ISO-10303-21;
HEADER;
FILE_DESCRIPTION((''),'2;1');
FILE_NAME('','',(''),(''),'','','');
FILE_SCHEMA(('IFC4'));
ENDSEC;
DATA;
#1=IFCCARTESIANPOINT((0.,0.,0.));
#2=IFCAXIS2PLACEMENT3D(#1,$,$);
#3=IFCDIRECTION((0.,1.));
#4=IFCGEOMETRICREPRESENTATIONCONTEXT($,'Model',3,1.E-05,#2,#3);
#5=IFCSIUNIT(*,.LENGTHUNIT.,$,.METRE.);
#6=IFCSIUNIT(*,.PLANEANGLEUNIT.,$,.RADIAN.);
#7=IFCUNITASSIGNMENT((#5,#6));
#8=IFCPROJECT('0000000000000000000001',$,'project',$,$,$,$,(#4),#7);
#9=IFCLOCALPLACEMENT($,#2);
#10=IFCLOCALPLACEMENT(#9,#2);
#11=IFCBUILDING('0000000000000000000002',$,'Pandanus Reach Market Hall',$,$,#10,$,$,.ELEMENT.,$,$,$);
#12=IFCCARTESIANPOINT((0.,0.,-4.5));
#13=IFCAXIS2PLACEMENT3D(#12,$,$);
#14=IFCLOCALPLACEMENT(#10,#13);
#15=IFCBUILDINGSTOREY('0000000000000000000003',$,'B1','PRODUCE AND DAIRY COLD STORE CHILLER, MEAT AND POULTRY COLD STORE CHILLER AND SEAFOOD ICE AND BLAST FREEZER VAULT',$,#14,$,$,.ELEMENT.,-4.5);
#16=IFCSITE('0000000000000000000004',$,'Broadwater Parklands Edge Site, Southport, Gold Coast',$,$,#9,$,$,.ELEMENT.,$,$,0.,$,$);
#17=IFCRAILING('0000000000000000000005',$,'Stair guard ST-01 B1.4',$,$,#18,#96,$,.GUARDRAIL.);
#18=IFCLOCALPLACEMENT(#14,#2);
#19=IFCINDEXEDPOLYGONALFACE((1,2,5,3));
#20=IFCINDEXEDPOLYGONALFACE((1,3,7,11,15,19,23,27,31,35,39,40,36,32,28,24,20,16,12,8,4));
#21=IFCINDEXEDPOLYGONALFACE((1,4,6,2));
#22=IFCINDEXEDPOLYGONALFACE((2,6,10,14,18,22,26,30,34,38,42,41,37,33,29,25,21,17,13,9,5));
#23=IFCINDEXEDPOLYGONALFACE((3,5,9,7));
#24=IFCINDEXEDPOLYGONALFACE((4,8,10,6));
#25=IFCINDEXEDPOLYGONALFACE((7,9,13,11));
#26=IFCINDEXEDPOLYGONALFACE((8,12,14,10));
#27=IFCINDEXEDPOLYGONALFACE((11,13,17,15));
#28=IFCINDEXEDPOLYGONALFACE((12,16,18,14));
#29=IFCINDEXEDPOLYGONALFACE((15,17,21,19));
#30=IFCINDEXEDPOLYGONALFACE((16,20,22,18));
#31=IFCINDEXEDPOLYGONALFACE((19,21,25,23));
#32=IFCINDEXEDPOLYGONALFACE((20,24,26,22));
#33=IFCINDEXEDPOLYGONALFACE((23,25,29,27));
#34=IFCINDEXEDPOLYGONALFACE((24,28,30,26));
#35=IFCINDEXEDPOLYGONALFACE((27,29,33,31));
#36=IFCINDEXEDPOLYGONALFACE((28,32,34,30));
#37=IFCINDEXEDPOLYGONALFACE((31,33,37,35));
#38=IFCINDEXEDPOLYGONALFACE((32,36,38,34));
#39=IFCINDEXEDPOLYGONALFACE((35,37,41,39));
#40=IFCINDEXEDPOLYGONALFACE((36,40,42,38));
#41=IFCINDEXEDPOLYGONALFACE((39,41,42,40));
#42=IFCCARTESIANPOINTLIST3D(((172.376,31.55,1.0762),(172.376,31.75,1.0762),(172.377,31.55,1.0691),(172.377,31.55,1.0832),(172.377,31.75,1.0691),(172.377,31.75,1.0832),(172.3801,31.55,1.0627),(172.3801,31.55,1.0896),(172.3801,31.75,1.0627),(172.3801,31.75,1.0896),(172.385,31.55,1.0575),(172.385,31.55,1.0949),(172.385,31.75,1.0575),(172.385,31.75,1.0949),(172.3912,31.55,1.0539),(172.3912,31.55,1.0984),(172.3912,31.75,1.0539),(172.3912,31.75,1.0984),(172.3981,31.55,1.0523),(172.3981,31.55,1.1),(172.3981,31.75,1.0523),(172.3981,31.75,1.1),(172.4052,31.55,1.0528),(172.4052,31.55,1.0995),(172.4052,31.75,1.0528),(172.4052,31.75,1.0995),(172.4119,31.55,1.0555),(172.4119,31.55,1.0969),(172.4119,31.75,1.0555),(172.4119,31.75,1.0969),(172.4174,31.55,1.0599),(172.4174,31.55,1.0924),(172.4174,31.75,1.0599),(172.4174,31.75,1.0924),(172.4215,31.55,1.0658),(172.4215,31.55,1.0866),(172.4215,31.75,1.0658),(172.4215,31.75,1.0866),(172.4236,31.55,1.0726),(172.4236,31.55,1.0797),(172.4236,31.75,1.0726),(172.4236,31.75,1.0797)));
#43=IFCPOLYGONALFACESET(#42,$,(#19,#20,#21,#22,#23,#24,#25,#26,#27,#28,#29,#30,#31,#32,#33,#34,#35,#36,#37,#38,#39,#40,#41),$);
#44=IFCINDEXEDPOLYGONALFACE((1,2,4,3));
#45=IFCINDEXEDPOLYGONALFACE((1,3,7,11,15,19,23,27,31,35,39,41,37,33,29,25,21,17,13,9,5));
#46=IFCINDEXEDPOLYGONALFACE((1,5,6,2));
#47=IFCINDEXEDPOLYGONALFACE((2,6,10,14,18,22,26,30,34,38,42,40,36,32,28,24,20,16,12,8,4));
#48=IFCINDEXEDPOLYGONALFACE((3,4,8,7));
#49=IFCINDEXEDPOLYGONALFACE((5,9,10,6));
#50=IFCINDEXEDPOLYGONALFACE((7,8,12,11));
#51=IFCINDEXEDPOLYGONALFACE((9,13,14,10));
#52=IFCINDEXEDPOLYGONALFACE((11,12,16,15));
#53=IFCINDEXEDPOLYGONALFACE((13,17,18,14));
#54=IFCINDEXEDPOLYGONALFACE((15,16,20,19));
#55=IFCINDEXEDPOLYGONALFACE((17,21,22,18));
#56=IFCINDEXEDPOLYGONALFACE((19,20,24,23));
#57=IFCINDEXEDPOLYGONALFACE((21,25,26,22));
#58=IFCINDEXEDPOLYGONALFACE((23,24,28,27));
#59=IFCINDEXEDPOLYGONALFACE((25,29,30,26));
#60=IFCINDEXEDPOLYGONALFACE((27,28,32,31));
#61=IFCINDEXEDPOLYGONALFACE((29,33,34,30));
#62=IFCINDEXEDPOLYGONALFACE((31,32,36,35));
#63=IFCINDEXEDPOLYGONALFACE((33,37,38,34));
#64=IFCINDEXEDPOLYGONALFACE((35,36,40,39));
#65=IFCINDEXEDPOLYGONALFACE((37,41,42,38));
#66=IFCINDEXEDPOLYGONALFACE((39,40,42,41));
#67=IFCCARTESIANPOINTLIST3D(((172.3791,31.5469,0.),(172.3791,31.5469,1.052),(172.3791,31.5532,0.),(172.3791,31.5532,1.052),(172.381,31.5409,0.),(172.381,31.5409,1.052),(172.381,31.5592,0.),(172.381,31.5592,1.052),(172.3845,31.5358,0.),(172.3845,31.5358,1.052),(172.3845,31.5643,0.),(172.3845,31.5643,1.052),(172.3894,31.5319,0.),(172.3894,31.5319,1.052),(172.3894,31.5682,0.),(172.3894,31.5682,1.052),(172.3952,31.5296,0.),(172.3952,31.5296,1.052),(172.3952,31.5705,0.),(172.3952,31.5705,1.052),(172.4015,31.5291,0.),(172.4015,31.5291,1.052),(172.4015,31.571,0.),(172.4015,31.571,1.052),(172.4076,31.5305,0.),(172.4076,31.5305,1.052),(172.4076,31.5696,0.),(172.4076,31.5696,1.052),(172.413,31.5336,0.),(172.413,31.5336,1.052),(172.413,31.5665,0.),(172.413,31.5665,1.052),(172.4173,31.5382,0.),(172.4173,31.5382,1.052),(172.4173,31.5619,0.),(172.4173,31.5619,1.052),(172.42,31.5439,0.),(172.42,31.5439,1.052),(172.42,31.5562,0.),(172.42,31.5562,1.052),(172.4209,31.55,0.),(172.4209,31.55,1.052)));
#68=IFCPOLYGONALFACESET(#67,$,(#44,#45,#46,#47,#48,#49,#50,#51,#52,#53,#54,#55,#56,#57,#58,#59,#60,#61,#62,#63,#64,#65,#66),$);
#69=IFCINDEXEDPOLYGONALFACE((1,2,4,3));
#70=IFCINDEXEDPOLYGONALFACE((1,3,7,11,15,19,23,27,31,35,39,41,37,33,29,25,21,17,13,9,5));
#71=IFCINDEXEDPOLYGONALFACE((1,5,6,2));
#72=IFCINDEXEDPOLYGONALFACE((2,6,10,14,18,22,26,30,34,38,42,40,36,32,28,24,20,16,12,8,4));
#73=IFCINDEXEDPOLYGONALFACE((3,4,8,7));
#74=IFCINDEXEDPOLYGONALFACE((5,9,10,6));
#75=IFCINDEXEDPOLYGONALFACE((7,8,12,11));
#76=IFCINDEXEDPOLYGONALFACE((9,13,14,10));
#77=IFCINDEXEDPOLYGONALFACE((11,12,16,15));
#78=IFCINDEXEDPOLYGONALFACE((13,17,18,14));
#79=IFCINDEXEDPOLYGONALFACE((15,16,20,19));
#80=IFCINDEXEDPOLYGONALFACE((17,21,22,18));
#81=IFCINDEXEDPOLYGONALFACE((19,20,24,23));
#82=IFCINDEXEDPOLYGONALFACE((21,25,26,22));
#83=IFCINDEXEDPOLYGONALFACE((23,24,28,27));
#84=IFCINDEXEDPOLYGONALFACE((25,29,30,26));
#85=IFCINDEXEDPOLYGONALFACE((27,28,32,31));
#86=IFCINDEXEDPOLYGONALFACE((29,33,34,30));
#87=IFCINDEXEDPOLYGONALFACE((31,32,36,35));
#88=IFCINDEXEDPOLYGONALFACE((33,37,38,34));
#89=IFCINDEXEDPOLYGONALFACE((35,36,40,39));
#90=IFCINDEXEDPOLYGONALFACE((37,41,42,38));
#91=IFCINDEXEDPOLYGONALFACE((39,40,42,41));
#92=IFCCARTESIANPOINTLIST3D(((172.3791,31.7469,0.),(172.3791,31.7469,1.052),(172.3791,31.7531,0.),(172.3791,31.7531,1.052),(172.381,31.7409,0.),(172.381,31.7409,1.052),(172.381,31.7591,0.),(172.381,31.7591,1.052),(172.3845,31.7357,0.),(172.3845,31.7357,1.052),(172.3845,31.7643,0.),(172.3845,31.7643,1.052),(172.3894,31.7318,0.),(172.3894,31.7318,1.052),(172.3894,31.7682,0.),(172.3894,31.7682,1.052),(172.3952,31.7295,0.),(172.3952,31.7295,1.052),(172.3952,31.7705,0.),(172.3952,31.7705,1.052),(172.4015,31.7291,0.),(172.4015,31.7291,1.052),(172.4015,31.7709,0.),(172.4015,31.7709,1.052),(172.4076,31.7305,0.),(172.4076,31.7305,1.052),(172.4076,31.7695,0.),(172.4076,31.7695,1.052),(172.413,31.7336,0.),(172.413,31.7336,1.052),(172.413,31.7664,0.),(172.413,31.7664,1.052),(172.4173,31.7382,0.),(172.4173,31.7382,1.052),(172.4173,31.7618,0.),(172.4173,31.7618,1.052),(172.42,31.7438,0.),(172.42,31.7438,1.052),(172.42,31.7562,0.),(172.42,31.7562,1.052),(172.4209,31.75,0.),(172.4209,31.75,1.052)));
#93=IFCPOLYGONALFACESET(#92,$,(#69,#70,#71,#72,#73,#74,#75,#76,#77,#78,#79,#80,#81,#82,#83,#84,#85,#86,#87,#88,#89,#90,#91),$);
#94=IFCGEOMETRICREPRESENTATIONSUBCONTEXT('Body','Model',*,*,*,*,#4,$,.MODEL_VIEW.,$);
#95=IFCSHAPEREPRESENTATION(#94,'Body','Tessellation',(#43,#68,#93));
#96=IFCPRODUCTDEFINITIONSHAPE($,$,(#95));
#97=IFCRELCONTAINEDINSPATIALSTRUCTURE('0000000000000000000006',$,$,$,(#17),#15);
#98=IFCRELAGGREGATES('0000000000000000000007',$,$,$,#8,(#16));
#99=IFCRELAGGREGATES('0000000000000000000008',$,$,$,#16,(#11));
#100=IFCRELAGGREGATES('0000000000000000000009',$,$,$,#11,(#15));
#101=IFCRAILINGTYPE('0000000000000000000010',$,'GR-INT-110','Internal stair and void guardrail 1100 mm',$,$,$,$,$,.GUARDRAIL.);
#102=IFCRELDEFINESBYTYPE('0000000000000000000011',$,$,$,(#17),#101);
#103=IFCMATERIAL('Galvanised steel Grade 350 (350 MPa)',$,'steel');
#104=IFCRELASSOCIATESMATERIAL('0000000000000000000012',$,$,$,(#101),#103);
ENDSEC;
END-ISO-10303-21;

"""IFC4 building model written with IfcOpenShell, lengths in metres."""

from ifc_helpers import new_model, si_unit, direction, frame, origin, origin_2d, place, context, subcontext, project, spatial, circle, extrude, material, type_object, element, save


model = new_model("IFC4")

# Units and contexts
model_context = context("Model", 3, precision=1e-05, world=origin(), true_north=direction((0.0, 1.0)))
body_context = subcontext(model_context, "Body", "Model", "MODEL_VIEW")
ifc_project = project(units=[si_unit("LENGTHUNIT", "METRE"), si_unit("PLANEANGLEUNIT", "RADIAN")], contexts=[model_context])

# Site, building, storey
site_placement = place(None, origin())
site = spatial("IfcSite", under=ifc_project, at=site_placement, Name="Broadwater Parklands Edge Site, Southport, Gold Coast", CompositionType="ELEMENT", RefElevation=0.0)
building_placement = place(site_placement, origin())
building = spatial("IfcBuilding", under=site, at=building_placement, Name="Pandanus Reach Market Hall", CompositionType="ELEMENT")
storey_placement = place(building_placement, frame((0.0, 0.0, -4.5)))
storey = spatial("IfcBuildingStorey", under=building, at=storey_placement, Name="B1", Description="PRODUCE AND DAIRY COLD STORE CHILLER, MEAT AND POULTRY COLD STORE CHILLER AND SEAFOOD ICE AND BLAST FREEZER VAULT", CompositionType="ELEMENT", Elevation=-4.5)

# Railing
ifc_material_1 = material(Name="Galvanised steel Grade 350 (350 MPa)", Category="steel")
railing_type_1 = type_object("IfcRailingType", Name="GR-INT-110", Description="Internal stair and void guardrail 1100 mm", PredefinedType="GUARDRAIL", material=ifc_material_1)
railing_1_placement = place(storey_placement, frame((172.3999, 31.55, 0.0)))
element("IfcRailing", 1, at=railing_1_placement, inside=storey, type_object=railing_type_1, Name="Stair guard ST-01 B1.4", PredefinedType="GUARDRAIL", context=body_context, shape_type="SweptSolid", body=[
    extrude(circle(Radius=0.0239, at=origin_2d()), frame((0.0, 0.0, 1.0762), z_axis=(0.0, 1.0, 0.0), x_axis=(-1.0, 0.0, 0.0)), (0.0, 0.0, 1.0), 0.2),
    extrude(circle(Radius=0.021, at=origin_2d()), origin(), (0.0, 0.0, 1.0), 1.052),
    extrude(circle(Radius=0.021, at=origin_2d()), frame((0.0, 0.2, 0.0)), (0.0, 0.0, 1.0), 1.052),
])

save(model, "model.ifc")
